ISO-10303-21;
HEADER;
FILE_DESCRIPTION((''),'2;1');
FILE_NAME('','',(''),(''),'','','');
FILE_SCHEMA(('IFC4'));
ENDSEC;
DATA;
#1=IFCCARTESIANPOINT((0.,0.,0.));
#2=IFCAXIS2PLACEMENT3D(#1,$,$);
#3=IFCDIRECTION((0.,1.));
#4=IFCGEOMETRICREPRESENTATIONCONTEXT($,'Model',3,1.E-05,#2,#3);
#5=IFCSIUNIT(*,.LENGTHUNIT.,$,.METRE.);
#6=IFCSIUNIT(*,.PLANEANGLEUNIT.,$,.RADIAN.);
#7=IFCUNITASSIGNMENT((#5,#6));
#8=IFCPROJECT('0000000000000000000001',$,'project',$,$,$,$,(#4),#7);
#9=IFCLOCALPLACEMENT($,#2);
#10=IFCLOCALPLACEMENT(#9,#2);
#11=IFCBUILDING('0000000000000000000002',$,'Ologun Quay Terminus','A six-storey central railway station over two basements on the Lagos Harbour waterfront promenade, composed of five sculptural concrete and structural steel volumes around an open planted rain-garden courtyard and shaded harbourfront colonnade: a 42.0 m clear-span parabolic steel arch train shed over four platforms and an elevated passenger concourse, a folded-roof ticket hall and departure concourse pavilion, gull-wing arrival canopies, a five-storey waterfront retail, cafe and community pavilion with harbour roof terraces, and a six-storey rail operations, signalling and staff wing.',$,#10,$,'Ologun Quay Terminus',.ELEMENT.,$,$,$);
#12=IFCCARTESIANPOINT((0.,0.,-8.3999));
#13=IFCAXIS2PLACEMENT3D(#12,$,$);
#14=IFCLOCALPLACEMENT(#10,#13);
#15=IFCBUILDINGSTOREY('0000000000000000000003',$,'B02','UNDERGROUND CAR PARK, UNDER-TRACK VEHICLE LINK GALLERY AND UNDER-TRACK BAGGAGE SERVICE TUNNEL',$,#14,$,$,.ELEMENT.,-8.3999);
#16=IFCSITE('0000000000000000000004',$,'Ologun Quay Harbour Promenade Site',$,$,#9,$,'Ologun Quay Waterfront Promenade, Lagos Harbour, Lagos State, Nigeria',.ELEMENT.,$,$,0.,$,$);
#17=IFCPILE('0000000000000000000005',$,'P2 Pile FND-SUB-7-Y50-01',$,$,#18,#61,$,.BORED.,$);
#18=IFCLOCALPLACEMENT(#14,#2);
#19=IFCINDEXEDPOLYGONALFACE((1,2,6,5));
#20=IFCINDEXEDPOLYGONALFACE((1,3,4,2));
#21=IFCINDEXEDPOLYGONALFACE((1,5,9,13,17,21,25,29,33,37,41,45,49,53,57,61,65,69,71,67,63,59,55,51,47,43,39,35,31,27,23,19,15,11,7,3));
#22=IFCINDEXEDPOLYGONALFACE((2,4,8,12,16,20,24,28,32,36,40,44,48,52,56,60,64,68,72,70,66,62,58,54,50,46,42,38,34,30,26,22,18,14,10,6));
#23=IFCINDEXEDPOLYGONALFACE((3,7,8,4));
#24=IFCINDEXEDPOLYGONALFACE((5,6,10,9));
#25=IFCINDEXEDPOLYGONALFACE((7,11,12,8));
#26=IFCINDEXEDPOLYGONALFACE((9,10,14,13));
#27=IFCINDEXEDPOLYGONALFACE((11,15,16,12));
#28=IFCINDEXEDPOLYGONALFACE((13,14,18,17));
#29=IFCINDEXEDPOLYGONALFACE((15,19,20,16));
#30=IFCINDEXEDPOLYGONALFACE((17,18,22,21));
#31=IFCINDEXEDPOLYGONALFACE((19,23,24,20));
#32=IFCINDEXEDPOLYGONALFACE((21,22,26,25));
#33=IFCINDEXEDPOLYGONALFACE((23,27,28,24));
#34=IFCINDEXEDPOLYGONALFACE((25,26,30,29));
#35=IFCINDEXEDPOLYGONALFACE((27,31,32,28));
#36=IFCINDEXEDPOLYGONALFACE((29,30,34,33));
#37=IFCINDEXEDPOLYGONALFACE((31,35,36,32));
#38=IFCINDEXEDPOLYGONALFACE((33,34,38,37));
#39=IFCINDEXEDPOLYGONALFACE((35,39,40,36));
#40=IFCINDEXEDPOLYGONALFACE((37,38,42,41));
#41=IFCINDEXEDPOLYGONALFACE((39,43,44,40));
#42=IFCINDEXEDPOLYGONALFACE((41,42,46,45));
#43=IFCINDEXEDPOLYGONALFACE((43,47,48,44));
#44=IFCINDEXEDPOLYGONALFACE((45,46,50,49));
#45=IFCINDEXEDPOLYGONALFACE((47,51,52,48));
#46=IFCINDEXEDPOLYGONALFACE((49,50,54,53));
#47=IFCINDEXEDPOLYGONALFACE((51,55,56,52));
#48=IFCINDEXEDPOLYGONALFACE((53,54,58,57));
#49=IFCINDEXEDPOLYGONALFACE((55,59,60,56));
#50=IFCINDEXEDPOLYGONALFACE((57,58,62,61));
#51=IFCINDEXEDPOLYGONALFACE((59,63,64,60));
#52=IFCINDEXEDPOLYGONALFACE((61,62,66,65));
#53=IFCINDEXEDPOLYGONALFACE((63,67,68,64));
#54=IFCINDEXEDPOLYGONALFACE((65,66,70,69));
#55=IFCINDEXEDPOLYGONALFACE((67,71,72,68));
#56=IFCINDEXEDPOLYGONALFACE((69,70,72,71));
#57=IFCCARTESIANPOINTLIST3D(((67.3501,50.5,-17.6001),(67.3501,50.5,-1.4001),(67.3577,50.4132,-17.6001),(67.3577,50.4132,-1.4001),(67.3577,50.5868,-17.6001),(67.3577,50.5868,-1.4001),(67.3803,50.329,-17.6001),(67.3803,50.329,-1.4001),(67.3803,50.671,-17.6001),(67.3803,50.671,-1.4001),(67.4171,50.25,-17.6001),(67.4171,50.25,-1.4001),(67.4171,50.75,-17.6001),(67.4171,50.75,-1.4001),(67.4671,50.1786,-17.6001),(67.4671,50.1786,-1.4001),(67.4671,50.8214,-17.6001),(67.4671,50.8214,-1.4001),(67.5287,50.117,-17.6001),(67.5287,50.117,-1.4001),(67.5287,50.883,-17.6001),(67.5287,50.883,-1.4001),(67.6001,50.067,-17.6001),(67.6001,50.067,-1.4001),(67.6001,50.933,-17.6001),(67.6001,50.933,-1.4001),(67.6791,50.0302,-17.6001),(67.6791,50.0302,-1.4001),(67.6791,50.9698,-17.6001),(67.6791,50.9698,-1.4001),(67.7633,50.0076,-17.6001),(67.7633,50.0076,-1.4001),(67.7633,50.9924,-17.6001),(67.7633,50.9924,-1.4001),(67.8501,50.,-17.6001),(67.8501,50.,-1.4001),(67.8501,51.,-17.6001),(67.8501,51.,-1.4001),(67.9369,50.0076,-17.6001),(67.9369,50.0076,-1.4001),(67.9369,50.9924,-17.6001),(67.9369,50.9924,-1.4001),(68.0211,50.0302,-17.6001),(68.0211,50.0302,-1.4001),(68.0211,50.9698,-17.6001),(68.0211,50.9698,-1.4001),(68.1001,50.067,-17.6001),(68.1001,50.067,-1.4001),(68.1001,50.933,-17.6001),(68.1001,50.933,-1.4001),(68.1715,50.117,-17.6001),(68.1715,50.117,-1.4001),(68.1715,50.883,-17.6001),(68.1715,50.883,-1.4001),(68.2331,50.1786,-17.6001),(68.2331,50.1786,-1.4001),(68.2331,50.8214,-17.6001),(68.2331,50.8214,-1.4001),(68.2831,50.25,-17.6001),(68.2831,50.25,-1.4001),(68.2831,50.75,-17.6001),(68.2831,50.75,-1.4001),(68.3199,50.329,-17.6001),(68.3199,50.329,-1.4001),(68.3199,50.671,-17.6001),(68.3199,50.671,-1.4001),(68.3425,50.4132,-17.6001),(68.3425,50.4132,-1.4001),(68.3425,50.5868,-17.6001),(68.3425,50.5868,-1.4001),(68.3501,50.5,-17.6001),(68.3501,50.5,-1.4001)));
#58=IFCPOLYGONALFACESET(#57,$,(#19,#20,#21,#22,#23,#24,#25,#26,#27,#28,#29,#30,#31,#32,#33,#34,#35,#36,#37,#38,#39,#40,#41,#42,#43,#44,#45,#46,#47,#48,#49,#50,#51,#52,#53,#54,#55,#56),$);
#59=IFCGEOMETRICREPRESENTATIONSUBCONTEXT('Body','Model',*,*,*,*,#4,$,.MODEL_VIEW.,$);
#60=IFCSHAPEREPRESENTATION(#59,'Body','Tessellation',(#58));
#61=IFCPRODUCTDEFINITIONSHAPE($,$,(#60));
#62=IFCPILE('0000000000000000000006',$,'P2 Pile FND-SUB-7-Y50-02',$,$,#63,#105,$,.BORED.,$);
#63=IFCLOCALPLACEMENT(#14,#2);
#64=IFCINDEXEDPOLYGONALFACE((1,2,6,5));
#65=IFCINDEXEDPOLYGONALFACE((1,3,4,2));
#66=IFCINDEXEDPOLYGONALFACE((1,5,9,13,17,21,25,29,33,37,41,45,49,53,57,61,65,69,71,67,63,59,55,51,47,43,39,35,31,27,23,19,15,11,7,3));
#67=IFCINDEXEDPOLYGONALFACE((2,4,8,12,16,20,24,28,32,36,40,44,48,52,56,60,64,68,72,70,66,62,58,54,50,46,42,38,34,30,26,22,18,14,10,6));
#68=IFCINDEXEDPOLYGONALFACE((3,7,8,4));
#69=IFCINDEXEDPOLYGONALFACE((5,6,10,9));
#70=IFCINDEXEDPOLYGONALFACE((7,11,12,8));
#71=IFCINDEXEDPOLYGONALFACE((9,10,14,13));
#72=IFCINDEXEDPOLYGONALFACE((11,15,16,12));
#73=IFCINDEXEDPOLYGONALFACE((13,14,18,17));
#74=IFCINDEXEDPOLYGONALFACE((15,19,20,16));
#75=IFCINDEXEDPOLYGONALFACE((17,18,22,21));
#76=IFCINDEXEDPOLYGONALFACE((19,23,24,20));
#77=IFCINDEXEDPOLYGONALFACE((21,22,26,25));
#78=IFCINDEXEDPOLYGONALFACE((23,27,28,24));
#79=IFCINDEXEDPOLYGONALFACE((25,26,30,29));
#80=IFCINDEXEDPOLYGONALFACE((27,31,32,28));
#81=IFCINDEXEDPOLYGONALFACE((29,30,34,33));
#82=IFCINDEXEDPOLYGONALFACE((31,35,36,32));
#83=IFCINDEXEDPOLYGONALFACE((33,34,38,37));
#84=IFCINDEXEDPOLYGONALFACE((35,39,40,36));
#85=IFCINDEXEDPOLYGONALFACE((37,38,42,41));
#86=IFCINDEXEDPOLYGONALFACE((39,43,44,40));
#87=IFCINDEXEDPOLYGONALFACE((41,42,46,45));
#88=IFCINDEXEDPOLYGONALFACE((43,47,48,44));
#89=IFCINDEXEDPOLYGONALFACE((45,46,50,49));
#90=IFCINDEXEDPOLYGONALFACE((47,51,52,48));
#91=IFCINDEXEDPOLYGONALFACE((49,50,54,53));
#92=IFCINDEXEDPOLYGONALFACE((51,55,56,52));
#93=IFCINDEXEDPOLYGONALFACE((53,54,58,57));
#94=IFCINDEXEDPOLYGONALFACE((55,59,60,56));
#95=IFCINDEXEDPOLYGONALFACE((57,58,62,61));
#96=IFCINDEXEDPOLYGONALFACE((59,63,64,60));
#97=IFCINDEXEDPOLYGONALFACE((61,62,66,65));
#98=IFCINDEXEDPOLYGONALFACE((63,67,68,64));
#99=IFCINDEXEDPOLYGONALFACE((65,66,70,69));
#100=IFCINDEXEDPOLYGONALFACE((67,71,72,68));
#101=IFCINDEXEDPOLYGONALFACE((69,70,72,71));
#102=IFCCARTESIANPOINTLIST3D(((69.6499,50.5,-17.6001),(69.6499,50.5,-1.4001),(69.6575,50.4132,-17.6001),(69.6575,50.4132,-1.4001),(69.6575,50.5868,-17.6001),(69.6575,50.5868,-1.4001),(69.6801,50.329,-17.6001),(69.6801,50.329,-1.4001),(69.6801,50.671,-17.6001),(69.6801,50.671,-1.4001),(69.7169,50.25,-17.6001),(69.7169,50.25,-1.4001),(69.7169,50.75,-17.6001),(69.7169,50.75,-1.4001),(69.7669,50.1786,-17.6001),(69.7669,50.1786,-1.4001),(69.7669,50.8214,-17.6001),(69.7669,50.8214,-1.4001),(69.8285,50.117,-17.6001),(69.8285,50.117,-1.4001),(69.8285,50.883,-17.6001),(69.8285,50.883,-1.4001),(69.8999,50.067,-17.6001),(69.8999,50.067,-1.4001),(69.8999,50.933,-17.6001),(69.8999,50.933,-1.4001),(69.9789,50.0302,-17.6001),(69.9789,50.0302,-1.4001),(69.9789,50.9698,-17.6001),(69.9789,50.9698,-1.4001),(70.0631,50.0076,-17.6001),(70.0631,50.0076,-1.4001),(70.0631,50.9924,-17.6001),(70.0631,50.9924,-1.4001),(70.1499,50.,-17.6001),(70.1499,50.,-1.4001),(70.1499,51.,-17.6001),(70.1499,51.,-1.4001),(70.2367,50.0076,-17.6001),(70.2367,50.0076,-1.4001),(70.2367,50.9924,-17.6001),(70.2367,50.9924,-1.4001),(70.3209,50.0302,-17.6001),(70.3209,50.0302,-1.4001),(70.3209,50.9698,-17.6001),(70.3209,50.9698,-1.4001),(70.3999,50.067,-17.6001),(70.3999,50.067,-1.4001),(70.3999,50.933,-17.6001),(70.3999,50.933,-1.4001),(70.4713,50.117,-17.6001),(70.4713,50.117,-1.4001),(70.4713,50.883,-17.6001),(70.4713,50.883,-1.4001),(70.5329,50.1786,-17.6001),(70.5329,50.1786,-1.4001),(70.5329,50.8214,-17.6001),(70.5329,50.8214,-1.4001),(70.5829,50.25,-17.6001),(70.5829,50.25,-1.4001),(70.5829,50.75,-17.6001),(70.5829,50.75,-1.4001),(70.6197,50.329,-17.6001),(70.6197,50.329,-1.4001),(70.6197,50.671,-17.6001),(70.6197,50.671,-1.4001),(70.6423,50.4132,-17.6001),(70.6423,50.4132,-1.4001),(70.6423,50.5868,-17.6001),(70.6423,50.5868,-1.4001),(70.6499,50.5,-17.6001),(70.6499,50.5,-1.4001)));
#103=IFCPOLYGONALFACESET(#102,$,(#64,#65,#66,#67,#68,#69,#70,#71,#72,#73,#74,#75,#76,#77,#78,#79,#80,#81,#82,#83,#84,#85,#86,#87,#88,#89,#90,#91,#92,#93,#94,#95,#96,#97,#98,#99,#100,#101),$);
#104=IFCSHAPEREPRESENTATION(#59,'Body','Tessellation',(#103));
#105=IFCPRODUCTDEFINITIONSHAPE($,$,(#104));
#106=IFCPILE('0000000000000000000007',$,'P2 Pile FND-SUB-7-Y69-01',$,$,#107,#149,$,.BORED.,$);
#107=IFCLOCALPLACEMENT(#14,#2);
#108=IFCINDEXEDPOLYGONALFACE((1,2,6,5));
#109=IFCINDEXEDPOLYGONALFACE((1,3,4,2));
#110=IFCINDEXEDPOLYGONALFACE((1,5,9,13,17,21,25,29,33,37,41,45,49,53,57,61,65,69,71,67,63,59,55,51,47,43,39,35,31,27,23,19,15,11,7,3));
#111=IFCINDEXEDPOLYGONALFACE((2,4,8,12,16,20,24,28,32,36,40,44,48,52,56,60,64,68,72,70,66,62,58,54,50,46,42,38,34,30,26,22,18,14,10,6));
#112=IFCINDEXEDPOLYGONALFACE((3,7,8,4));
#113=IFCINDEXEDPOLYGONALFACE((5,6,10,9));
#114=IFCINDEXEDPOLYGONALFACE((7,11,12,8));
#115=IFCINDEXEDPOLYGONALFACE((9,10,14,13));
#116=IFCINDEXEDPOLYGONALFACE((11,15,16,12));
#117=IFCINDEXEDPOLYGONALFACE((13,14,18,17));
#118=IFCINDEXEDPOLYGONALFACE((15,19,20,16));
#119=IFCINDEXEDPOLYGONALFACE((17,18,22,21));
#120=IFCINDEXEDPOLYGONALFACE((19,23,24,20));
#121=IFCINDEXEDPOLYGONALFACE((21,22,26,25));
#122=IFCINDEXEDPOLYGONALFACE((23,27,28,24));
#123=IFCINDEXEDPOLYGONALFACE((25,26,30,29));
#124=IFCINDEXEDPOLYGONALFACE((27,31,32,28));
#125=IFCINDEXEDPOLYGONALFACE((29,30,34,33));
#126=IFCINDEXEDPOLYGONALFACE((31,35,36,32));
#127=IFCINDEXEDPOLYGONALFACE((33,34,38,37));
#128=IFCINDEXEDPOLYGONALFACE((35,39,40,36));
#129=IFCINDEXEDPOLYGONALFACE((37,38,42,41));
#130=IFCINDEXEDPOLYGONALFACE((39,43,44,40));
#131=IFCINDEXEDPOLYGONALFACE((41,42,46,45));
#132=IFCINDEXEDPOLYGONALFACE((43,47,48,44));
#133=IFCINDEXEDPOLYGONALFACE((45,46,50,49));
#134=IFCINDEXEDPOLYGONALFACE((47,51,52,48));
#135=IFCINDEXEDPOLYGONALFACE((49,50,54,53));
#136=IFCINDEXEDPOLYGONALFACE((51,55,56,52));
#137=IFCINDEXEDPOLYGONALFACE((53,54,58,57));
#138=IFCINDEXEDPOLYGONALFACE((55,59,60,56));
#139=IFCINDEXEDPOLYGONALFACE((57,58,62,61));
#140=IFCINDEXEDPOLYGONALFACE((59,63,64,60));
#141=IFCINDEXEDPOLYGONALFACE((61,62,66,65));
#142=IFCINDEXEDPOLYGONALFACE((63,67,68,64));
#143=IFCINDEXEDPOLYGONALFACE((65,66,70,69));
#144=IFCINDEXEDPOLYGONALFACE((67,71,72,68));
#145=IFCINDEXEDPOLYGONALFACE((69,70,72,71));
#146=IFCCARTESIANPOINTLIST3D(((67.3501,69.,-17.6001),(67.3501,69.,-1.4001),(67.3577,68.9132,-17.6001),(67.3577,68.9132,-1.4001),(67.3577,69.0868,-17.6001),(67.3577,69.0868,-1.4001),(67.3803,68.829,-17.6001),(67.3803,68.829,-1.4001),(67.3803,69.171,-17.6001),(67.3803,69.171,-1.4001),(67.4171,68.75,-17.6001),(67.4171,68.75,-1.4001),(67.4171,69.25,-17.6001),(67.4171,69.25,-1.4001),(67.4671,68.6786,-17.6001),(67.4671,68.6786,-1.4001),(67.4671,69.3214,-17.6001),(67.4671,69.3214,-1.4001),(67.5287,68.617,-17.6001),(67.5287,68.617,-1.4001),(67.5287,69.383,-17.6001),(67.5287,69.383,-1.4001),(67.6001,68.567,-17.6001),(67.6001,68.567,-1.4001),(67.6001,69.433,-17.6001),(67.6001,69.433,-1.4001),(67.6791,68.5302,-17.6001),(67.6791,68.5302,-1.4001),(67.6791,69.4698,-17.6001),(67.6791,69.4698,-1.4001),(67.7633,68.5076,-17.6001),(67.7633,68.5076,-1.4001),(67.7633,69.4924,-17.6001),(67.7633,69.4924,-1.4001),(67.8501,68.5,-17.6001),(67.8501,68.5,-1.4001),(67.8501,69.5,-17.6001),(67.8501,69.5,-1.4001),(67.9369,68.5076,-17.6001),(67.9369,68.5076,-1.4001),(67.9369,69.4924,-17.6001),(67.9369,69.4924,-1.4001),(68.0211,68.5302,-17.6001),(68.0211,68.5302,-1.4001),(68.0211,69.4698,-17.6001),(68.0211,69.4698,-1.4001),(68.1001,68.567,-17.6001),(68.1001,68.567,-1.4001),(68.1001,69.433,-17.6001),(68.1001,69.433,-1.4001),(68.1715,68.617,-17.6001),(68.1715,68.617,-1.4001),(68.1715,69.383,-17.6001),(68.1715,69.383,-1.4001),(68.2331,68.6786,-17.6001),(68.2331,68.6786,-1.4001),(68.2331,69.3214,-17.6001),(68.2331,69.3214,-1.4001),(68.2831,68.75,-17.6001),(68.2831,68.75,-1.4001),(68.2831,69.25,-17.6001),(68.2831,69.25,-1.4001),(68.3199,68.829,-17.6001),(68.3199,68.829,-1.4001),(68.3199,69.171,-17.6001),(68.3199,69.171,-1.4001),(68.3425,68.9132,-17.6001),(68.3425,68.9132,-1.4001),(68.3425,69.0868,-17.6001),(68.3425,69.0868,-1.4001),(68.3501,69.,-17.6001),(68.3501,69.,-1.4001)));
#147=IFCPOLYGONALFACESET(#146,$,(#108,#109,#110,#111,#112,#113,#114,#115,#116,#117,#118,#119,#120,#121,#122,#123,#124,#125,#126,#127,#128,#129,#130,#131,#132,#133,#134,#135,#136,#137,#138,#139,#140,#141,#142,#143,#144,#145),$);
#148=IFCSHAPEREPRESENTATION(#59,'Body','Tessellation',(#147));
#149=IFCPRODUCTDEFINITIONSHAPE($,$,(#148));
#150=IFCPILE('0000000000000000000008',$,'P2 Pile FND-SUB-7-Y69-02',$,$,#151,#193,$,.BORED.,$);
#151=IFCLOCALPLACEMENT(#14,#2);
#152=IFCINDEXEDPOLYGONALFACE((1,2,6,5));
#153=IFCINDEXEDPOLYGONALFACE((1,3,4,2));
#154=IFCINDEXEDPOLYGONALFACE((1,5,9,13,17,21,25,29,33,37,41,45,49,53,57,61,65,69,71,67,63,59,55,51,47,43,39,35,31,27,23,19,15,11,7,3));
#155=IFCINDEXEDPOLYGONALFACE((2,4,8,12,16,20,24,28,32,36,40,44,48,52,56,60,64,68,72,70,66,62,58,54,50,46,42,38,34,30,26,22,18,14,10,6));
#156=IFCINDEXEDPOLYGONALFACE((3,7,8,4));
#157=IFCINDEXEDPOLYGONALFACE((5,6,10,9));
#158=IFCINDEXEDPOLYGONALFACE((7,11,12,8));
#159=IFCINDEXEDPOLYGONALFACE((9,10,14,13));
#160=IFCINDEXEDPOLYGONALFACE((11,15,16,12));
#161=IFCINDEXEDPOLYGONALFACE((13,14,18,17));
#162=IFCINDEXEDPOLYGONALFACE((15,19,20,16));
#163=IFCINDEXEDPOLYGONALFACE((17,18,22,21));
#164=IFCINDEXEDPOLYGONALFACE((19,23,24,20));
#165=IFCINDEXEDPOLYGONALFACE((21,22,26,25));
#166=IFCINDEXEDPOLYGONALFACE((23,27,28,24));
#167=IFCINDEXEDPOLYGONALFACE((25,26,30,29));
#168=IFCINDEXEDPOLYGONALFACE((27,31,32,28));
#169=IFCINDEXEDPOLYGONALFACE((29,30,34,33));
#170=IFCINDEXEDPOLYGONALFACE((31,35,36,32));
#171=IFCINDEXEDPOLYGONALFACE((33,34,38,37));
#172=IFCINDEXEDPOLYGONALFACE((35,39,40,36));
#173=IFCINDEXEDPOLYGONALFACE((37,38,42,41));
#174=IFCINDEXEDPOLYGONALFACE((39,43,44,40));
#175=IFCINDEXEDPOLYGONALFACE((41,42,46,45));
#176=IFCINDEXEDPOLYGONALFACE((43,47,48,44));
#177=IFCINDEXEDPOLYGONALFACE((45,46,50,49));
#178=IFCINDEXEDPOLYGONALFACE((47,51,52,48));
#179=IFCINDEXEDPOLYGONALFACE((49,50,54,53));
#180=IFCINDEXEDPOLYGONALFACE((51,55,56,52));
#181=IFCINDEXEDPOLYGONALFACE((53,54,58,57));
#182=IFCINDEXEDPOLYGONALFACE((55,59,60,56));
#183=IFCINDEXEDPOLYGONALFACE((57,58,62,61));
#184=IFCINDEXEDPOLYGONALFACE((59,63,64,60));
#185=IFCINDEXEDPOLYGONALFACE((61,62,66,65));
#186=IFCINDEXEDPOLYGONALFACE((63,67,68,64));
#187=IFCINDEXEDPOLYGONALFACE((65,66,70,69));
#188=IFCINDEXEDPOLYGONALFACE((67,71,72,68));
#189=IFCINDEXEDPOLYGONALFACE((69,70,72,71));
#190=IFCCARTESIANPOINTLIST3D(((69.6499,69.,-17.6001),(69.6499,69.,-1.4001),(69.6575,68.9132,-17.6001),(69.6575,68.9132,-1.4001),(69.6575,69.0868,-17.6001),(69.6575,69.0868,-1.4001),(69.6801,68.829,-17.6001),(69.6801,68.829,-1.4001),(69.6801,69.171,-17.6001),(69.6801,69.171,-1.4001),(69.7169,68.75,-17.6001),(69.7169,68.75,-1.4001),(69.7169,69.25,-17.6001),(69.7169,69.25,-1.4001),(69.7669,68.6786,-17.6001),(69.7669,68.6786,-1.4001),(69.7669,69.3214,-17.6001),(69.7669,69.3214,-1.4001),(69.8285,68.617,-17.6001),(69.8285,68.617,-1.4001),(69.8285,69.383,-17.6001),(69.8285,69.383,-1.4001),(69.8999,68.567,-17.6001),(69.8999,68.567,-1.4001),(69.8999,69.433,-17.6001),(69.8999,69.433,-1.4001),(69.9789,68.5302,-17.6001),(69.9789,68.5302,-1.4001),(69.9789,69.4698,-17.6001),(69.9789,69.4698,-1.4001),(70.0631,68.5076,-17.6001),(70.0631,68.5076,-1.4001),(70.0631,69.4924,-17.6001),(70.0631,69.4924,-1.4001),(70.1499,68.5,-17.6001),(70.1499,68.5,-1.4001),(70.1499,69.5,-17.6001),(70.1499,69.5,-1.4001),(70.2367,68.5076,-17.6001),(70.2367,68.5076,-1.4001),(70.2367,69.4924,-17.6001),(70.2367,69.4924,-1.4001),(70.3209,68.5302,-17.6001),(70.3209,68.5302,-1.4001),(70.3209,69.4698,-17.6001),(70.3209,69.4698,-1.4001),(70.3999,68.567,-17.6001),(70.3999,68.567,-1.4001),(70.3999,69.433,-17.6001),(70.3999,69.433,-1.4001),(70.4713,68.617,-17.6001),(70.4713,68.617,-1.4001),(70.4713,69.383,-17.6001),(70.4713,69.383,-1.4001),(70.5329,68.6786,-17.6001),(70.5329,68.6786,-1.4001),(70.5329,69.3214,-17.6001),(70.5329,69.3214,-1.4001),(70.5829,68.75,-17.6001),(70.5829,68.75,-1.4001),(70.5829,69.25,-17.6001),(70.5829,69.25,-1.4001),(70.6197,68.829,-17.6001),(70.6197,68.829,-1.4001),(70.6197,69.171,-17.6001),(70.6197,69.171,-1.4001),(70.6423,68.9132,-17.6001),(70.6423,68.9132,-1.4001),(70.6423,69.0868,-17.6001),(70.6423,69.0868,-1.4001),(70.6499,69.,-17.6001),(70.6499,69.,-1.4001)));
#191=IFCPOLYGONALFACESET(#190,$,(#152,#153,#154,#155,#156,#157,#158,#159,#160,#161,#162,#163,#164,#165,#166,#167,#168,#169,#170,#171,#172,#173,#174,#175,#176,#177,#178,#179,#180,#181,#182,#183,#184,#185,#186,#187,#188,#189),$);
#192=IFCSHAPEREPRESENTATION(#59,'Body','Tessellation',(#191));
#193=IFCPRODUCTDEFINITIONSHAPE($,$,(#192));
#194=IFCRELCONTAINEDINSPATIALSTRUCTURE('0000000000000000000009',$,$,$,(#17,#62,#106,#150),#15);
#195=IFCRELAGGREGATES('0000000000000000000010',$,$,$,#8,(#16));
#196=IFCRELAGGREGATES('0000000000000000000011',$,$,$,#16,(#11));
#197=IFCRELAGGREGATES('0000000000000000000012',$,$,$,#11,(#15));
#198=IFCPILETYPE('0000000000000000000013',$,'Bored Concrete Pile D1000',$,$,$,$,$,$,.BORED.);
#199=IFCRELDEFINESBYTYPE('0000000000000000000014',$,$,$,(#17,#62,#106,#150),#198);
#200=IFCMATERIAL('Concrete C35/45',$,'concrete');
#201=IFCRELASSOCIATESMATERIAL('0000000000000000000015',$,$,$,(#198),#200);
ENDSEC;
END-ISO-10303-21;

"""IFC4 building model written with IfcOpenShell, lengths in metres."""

from ifc_helpers import new_model, si_unit, direction, frame, origin, origin_2d, place, context, subcontext, project, spatial, circle, extrude, material, material_profile, profile_set, type_object, element, save


model = new_model("IFC4")

# Units and contexts
model_context = context("Model", 3, precision=1e-05, world=origin(), true_north=direction((0.0, 1.0)))
body_context = subcontext(model_context, "Body", "Model", "MODEL_VIEW")
ifc_project = project(units=[si_unit("LENGTHUNIT", "METRE"), si_unit("PLANEANGLEUNIT", "RADIAN")], contexts=[model_context])

# Site, building, storey
site_placement = place(None, origin())
site = spatial("IfcSite", under=ifc_project, at=site_placement, Name="Ologun Quay Harbour Promenade Site", LongName="Ologun Quay Waterfront Promenade, Lagos Harbour, Lagos State, Nigeria", CompositionType="ELEMENT", RefElevation=0.0)
building_placement = place(site_placement, origin())
building = spatial("IfcBuilding", under=site, at=building_placement, Name="Ologun Quay Terminus", Description="A six-storey central railway station over two basements on the Lagos Harbour waterfront promenade, composed of five sculptural concrete and structural steel volumes around an open planted rain-garden courtyard and shaded harbourfront colonnade: a 42.0 m clear-span parabolic steel arch train shed over four platforms and an elevated passenger concourse, a folded-roof ticket hall and departure concourse pavilion, gull-wing arrival canopies, a five-storey waterfront retail, cafe and community pavilion with harbour roof terraces, and a six-storey rail operations, signalling and staff wing.", LongName="Ologun Quay Terminus", CompositionType="ELEMENT")
storey_placement = place(building_placement, frame((0.0, 0.0, -8.3999)))
storey = spatial("IfcBuildingStorey", under=building, at=storey_placement, Name="B02", Description="UNDERGROUND CAR PARK, UNDER-TRACK VEHICLE LINK GALLERY AND UNDER-TRACK BAGGAGE SERVICE TUNNEL", CompositionType="ELEMENT", Elevation=-8.3999)

# Piles
ifc_material_1 = material(Name="Concrete C35/45", Category="concrete")
ifc_material_profile_1 = material_profile(ifc_material_1, circle(Radius=0.5, at=origin_2d()), Name="PILE D1000")
ifc_profile_set_1 = profile_set([ifc_material_profile_1], Name="Concrete C35/45")
pile_type_1 = type_object("IfcPileType", Name="Bored Concrete Pile D1000", PredefinedType="BORED", material=ifc_profile_set_1)
for number, where, z_axis, x_axis, name in (
    (1, (67.8501, 50.5, -1.4001), (0.0, 0.0, -1.0), (1.0, 0.0, 0.0), "P2 Pile FND-SUB-7-Y50-01"),
    (2, (70.1499, 50.5, -1.4001), (0.0, 0.0, -1.0), (1.0, 0.0, 0.0), "P2 Pile FND-SUB-7-Y50-02"),
    (3, (67.8501, 69.0, -1.4001), (0.0, 0.0, -1.0), (1.0, 0.0, 0.0), "P2 Pile FND-SUB-7-Y69-01"),
    (4, (70.1499, 69.0, -1.4001), (0.0, 0.0, -1.0), (1.0, 0.0, 0.0), "P2 Pile FND-SUB-7-Y69-02"),
):
    element("IfcPile", number, at=place(storey_placement, frame(where, z_axis=z_axis, x_axis=x_axis)), inside=storey, type_object=pile_type_1, Name=name, PredefinedType="BORED", context=body_context, shape_type="SweptSolid", body=[
        extrude(circle(Radius=0.5, at=origin_2d()), origin(), (0.0, 0.0, 1.0), 16.2),
    ])

save(model, "model.ifc")
